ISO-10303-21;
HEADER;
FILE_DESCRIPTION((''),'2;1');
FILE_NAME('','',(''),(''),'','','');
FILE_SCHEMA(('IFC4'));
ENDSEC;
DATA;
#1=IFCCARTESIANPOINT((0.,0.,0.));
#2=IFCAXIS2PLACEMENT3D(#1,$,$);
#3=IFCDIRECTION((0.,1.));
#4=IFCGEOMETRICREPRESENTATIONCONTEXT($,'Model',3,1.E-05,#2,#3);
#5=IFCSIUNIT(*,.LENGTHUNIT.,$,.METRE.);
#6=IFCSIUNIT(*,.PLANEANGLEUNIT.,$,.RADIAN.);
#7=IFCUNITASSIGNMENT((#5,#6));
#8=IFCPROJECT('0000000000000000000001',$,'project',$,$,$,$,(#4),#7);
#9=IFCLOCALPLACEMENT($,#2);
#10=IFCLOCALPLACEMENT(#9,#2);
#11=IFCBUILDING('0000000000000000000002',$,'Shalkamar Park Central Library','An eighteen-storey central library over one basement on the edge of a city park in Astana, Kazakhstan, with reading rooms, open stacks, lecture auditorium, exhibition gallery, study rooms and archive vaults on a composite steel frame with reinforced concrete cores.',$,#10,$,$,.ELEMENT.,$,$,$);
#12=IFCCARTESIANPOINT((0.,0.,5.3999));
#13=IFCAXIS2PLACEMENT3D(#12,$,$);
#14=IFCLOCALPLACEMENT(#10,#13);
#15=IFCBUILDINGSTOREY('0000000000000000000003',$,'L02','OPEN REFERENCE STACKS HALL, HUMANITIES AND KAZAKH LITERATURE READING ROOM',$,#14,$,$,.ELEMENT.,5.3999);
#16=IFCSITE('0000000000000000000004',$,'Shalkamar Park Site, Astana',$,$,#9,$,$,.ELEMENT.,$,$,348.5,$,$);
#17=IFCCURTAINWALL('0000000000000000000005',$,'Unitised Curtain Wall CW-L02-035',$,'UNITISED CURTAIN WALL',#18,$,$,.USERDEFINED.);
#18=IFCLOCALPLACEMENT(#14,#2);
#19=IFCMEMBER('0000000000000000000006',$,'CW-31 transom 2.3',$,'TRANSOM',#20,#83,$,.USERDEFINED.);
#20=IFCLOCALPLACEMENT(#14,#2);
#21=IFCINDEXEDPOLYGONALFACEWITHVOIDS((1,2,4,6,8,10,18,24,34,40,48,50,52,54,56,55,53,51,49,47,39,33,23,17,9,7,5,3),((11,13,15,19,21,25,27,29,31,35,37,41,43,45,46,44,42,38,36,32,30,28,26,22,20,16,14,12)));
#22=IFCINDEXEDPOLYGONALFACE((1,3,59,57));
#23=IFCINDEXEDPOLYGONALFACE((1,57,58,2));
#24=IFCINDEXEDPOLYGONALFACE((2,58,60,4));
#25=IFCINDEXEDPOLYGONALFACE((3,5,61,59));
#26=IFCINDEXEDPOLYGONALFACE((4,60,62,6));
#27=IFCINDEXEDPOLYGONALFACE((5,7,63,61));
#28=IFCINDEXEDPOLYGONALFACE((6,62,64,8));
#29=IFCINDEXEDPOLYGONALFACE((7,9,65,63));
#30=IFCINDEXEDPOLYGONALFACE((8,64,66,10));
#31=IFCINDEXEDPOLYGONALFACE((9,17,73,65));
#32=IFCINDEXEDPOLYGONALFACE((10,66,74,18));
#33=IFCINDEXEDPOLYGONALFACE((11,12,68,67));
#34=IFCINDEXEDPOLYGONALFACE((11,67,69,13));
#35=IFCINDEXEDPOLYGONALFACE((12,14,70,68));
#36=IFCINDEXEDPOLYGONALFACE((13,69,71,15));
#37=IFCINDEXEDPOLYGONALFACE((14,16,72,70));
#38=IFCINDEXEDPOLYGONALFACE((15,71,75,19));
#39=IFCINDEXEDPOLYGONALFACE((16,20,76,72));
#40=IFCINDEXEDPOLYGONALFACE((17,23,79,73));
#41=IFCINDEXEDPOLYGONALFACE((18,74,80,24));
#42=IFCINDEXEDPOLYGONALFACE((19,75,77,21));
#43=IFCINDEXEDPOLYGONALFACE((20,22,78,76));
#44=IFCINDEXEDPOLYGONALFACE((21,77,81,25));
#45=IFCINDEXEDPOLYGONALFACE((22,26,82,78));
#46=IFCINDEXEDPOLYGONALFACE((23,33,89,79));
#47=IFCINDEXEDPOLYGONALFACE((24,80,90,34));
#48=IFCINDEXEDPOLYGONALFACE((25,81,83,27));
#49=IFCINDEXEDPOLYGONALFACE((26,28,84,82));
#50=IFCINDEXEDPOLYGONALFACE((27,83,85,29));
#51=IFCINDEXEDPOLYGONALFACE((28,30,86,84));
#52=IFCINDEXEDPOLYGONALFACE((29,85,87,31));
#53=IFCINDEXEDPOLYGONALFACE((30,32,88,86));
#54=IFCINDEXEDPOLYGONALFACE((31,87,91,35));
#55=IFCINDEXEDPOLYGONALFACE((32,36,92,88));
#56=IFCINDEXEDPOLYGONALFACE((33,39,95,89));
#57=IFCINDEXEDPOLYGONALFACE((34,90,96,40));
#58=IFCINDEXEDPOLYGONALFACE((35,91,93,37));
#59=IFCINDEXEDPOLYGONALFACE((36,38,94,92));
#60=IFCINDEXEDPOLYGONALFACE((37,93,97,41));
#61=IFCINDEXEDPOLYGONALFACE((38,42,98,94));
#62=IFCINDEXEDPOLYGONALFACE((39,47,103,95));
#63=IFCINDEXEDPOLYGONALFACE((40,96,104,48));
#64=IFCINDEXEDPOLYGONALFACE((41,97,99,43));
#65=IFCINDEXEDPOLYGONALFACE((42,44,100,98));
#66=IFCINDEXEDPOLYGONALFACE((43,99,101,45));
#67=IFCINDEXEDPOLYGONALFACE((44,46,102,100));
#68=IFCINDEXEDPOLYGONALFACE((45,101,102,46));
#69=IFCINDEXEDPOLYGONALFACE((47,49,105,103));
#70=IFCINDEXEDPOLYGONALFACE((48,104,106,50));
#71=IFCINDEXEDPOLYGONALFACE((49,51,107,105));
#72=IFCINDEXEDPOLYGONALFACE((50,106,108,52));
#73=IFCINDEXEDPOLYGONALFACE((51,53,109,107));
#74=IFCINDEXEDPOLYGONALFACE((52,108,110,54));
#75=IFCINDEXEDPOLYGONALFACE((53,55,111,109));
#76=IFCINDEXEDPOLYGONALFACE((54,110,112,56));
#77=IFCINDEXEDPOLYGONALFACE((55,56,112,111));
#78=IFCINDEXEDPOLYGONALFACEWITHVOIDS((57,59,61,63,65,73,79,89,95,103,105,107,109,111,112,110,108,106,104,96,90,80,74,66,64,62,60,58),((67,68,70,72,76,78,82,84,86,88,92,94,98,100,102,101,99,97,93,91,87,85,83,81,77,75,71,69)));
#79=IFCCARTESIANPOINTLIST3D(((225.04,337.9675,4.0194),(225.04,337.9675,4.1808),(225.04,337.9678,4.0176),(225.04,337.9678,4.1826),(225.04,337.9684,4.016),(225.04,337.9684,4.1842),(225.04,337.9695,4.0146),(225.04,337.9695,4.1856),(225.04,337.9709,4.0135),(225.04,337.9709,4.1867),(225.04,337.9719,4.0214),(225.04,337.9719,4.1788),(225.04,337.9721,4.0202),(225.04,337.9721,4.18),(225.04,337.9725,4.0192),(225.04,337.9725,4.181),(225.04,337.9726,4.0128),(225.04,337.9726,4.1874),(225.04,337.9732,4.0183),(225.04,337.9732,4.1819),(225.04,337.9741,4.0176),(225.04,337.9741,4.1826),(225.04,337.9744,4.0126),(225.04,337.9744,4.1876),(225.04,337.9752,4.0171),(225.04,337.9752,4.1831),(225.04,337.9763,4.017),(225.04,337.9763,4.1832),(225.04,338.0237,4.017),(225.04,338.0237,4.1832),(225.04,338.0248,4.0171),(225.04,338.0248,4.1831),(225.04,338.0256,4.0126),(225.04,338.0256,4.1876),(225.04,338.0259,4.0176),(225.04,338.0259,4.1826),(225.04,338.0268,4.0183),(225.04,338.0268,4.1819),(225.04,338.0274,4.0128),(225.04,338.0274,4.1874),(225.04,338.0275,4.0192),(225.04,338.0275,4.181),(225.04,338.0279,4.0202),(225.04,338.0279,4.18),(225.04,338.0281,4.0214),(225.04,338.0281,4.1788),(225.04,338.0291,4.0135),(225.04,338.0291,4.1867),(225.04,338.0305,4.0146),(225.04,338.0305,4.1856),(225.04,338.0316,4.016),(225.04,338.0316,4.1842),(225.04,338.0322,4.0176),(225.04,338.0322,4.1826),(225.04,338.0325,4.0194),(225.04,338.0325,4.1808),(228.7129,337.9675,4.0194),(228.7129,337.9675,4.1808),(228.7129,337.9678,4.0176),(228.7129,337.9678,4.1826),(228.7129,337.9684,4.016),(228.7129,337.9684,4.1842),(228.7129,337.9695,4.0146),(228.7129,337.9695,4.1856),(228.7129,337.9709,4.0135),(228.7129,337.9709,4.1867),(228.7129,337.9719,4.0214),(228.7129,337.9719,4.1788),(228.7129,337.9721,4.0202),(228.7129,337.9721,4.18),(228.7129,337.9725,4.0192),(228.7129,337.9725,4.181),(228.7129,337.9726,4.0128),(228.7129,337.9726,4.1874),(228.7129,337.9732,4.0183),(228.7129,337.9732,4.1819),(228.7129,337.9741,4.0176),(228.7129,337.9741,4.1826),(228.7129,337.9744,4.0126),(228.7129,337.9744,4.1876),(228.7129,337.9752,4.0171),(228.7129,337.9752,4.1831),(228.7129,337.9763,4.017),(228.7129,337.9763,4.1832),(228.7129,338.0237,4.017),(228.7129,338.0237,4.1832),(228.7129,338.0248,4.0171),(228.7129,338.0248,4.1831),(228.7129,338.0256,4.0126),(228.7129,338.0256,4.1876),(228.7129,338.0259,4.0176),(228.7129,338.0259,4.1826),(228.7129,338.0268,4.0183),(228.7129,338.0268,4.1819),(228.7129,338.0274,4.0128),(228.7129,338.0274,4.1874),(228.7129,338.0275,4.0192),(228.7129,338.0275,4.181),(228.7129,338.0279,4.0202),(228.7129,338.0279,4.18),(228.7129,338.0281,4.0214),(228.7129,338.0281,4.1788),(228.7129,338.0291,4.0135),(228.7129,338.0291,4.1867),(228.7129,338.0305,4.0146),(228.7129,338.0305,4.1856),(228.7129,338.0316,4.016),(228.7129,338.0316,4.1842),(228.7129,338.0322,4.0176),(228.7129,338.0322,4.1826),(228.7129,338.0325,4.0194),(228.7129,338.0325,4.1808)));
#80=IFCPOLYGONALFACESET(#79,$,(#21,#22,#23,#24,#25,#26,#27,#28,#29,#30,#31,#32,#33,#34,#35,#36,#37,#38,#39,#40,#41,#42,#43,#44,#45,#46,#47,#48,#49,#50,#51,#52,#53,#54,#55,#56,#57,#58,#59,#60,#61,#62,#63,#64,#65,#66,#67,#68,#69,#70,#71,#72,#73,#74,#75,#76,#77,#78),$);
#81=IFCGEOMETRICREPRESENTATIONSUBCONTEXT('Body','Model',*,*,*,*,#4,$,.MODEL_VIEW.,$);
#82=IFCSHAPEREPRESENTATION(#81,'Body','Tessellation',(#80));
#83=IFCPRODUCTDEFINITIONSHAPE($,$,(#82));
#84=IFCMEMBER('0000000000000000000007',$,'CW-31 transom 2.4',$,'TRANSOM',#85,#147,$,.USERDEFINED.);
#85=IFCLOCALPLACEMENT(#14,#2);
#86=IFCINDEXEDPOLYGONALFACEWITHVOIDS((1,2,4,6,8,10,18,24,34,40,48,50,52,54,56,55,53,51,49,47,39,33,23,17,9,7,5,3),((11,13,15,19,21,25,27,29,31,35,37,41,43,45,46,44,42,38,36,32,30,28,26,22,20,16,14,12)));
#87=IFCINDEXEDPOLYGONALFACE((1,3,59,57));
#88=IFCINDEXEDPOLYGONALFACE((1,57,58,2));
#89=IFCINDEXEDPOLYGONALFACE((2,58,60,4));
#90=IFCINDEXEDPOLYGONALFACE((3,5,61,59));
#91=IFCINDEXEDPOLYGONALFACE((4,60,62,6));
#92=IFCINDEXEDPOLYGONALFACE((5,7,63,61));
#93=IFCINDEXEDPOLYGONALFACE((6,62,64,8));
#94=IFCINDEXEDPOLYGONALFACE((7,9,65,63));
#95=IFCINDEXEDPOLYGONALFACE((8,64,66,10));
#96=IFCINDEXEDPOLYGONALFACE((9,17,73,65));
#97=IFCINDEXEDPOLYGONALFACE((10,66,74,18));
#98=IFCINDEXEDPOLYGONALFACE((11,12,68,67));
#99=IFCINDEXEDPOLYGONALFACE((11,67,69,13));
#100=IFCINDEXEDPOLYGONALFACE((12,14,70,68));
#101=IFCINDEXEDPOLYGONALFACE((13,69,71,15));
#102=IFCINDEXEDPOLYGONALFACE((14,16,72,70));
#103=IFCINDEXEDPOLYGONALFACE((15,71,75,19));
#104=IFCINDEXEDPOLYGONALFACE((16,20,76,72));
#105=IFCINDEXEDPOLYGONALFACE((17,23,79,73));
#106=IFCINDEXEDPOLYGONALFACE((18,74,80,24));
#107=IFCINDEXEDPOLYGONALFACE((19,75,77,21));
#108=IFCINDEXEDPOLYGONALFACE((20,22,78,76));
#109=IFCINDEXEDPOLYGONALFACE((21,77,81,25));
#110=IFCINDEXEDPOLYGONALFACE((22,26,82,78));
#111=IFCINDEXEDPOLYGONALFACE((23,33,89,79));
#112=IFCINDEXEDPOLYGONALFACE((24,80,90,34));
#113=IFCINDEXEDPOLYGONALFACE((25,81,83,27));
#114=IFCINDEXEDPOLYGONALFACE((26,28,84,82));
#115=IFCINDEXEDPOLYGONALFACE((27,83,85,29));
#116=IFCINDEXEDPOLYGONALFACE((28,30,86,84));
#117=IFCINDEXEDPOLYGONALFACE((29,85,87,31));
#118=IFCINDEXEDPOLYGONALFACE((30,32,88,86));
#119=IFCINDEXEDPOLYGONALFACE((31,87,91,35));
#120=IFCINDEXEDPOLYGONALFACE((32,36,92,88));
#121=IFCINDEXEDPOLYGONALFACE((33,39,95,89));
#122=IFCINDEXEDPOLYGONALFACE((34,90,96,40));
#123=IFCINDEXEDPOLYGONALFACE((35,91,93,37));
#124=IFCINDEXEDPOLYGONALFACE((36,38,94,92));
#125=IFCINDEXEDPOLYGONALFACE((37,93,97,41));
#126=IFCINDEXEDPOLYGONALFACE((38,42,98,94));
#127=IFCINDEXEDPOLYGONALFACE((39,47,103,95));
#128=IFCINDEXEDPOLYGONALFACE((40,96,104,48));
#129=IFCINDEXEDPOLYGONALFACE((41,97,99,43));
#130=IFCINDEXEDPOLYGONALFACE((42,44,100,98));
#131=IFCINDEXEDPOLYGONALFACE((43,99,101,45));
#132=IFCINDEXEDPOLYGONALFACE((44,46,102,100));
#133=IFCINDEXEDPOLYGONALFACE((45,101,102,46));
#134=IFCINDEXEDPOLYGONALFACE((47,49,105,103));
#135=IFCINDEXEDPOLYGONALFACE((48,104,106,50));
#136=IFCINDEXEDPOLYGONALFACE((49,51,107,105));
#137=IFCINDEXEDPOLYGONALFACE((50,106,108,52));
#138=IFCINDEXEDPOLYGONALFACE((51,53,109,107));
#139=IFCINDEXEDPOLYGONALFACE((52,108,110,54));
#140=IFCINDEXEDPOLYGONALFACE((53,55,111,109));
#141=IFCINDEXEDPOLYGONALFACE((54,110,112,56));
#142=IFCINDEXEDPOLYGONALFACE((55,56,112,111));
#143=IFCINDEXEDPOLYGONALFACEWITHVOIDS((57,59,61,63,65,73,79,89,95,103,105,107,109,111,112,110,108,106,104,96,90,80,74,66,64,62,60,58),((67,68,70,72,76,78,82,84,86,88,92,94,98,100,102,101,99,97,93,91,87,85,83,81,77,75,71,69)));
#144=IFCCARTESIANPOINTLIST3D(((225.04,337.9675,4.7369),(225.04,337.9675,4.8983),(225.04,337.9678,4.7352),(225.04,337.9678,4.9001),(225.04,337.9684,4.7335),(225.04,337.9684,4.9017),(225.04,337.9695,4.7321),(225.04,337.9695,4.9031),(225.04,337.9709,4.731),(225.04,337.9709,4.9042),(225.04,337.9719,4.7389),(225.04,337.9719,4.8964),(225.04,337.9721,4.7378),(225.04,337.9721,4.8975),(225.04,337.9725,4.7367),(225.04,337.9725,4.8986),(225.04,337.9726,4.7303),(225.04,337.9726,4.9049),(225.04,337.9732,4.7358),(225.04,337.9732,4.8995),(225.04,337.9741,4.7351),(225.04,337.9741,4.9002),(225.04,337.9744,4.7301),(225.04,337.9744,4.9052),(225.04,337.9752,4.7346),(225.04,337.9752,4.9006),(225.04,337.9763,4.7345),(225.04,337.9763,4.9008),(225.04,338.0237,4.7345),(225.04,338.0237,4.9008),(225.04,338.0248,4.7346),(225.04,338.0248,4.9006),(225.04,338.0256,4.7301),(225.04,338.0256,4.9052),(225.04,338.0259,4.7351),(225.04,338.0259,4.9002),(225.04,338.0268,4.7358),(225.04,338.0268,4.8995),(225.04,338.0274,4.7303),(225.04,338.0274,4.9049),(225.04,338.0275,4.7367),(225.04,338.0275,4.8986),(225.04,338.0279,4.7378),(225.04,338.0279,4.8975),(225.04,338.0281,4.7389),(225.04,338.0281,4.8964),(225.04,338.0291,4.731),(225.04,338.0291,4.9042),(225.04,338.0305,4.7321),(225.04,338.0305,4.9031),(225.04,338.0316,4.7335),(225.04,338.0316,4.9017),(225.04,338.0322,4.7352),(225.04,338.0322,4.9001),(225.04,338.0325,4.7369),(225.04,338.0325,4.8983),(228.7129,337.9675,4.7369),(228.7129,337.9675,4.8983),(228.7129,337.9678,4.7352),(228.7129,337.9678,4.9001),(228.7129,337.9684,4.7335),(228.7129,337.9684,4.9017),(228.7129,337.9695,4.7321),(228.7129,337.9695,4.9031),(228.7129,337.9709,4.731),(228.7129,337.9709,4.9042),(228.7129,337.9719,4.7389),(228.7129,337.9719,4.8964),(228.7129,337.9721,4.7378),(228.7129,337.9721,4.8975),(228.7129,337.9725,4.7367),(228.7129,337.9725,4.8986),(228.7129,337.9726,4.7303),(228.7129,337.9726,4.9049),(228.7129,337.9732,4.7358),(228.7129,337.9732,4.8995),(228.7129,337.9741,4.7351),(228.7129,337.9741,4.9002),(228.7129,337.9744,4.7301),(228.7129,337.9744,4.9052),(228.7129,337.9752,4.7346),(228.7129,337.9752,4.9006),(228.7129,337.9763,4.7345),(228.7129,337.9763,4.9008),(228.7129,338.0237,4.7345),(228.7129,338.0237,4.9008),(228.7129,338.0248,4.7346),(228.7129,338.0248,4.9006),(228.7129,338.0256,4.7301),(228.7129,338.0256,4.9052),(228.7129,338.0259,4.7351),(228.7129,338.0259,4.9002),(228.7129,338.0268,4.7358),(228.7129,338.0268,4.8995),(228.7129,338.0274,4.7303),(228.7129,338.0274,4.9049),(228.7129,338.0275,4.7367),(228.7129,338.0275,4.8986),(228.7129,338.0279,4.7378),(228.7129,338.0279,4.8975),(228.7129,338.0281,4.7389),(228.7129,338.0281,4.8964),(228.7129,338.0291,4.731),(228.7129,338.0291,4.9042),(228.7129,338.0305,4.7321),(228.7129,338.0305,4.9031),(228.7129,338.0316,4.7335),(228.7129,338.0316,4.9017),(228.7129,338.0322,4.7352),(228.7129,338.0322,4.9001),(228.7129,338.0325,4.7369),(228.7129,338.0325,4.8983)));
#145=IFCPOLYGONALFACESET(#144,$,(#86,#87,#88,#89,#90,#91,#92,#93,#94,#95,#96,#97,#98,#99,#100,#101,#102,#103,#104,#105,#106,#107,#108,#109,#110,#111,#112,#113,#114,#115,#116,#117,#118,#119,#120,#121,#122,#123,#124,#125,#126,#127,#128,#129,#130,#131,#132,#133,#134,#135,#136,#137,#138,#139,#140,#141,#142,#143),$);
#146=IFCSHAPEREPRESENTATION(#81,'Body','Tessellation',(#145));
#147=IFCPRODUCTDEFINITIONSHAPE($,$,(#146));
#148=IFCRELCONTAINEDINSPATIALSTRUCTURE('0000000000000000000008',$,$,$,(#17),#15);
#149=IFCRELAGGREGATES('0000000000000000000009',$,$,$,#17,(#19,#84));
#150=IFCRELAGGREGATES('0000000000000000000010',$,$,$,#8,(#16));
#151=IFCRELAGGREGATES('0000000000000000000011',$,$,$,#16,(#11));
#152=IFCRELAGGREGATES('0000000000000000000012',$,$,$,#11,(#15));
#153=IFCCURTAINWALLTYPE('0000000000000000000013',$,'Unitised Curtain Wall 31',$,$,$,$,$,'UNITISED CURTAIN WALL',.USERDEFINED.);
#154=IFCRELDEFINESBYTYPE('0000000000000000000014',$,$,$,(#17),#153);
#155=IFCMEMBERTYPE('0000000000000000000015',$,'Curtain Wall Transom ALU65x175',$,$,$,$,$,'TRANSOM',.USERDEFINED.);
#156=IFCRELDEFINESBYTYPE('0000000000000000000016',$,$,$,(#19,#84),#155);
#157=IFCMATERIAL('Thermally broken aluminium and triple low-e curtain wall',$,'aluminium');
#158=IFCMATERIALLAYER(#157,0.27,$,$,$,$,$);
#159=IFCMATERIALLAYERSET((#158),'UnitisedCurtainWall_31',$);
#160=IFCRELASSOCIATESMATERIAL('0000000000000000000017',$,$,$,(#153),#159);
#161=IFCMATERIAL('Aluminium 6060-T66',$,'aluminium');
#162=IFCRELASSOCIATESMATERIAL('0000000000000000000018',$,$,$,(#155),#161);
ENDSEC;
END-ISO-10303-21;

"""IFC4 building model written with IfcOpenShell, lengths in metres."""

from ifc_helpers import new_model, si_unit, direction, frame, origin, origin_2d, place, context, subcontext, project, spatial, hollow_rectangle, extrude, material, layer, layer_set, material_profile, profile_set, type_object, element, aggregate, save


model = new_model("IFC4")

# Units and contexts
model_context = context("Model", 3, precision=1e-05, world=origin(), true_north=direction((0.0, 1.0)))
body_context = subcontext(model_context, "Body", "Model", "MODEL_VIEW")
ifc_project = project(units=[si_unit("LENGTHUNIT", "METRE"), si_unit("PLANEANGLEUNIT", "RADIAN")], contexts=[model_context])

# Site, building, storey
site_placement = place(None, origin())
site = spatial("IfcSite", under=ifc_project, at=site_placement, Name="Shalkamar Park Site, Astana", CompositionType="ELEMENT", RefElevation=348.5)
building_placement = place(site_placement, origin())
building = spatial("IfcBuilding", under=site, at=building_placement, Name="Shalkamar Park Central Library", Description="An eighteen-storey central library over one basement on the edge of a city park in Astana, Kazakhstan, with reading rooms, open stacks, lecture auditorium, exhibition gallery, study rooms and archive vaults on a composite steel frame with reinforced concrete cores.", CompositionType="ELEMENT")
storey_placement = place(building_placement, frame((0.0, 0.0, 5.3999)))
storey = spatial("IfcBuildingStorey", under=building, at=storey_placement, Name="L02", Description="OPEN REFERENCE STACKS HALL, HUMANITIES AND KAZAKH LITERATURE READING ROOM", CompositionType="ELEMENT", Elevation=5.3999)

# Curtain wall
ifc_material_1 = material(Name="Thermally broken aluminium and triple low-e curtain wall", Category="aluminium")
ifc_layer_1 = layer(ifc_material_1, 0.27)
ifc_layer_set_1 = layer_set([ifc_layer_1], Name="UnitisedCurtainWall_31")
curtain_wall_type_1 = type_object("IfcCurtainWallType", Name="Unitised Curtain Wall 31", ElementType="UNITISED CURTAIN WALL", PredefinedType="USERDEFINED", material=ifc_layer_set_1)
curtain_wall_1_placement = place(storey_placement, origin())
curtain_wall_1 = element("IfcCurtainWall", 1, at=curtain_wall_1_placement, inside=storey, type_object=curtain_wall_type_1, Name="Unitised Curtain Wall CW-L02-035", ObjectType="UNITISED CURTAIN WALL", PredefinedType="USERDEFINED")
ifc_material_2 = material(Name="Aluminium 6060-T66", Category="aluminium")

# Members
ifc_material_profile_1 = material_profile(ifc_material_2, hollow_rectangle(XDim=0.0649, YDim=0.175, WallThickness=0.0044, InnerFilletRadius=0.0044, OuterFilletRadius=0.0068, at=origin_2d()), Name="ALU 65x175x4.5")
ifc_profile_set_1 = profile_set([ifc_material_profile_1], Name="Aluminium 6060-T66")
member_type_1 = type_object("IfcMemberType", Name="Curtain Wall Transom ALU65x175", ElementType="TRANSOM", PredefinedType="USERDEFINED", material=ifc_profile_set_1)
member_1_placement = place(storey_placement, frame((225.04, 338.0, 4.1001), z_axis=(1.0, 0.0, 0.0), x_axis=(0.0, 1.0, 0.0)))
member_1 = element("IfcMember", 2, at=member_1_placement, type_object=member_type_1, Name="CW-31 transom 2.3", ObjectType="TRANSOM", PredefinedType="USERDEFINED", context=body_context, shape_type="SweptSolid", body=[
    extrude(hollow_rectangle(XDim=0.0649, YDim=0.175, WallThickness=0.0044, InnerFilletRadius=0.0044, OuterFilletRadius=0.0068, at=origin_2d()), origin(), (0.0, 0.0, 1.0), 3.6729),
])
member_2_placement = place(storey_placement, frame((225.04, 338.0, 4.8176), z_axis=(1.0, 0.0, 0.0), x_axis=(0.0, 1.0, 0.0)))
member_2 = element("IfcMember", 3, at=member_2_placement, type_object=member_type_1, Name="CW-31 transom 2.4", ObjectType="TRANSOM", PredefinedType="USERDEFINED", context=body_context, shape_type="SweptSolid", body=[
    extrude(hollow_rectangle(XDim=0.0649, YDim=0.175, WallThickness=0.0044, InnerFilletRadius=0.0044, OuterFilletRadius=0.0068, at=origin_2d()), origin(), (0.0, 0.0, 1.0), 3.6729),
])

aggregate(curtain_wall_1, [member_1, member_2])

save(model, "model.ifc")
